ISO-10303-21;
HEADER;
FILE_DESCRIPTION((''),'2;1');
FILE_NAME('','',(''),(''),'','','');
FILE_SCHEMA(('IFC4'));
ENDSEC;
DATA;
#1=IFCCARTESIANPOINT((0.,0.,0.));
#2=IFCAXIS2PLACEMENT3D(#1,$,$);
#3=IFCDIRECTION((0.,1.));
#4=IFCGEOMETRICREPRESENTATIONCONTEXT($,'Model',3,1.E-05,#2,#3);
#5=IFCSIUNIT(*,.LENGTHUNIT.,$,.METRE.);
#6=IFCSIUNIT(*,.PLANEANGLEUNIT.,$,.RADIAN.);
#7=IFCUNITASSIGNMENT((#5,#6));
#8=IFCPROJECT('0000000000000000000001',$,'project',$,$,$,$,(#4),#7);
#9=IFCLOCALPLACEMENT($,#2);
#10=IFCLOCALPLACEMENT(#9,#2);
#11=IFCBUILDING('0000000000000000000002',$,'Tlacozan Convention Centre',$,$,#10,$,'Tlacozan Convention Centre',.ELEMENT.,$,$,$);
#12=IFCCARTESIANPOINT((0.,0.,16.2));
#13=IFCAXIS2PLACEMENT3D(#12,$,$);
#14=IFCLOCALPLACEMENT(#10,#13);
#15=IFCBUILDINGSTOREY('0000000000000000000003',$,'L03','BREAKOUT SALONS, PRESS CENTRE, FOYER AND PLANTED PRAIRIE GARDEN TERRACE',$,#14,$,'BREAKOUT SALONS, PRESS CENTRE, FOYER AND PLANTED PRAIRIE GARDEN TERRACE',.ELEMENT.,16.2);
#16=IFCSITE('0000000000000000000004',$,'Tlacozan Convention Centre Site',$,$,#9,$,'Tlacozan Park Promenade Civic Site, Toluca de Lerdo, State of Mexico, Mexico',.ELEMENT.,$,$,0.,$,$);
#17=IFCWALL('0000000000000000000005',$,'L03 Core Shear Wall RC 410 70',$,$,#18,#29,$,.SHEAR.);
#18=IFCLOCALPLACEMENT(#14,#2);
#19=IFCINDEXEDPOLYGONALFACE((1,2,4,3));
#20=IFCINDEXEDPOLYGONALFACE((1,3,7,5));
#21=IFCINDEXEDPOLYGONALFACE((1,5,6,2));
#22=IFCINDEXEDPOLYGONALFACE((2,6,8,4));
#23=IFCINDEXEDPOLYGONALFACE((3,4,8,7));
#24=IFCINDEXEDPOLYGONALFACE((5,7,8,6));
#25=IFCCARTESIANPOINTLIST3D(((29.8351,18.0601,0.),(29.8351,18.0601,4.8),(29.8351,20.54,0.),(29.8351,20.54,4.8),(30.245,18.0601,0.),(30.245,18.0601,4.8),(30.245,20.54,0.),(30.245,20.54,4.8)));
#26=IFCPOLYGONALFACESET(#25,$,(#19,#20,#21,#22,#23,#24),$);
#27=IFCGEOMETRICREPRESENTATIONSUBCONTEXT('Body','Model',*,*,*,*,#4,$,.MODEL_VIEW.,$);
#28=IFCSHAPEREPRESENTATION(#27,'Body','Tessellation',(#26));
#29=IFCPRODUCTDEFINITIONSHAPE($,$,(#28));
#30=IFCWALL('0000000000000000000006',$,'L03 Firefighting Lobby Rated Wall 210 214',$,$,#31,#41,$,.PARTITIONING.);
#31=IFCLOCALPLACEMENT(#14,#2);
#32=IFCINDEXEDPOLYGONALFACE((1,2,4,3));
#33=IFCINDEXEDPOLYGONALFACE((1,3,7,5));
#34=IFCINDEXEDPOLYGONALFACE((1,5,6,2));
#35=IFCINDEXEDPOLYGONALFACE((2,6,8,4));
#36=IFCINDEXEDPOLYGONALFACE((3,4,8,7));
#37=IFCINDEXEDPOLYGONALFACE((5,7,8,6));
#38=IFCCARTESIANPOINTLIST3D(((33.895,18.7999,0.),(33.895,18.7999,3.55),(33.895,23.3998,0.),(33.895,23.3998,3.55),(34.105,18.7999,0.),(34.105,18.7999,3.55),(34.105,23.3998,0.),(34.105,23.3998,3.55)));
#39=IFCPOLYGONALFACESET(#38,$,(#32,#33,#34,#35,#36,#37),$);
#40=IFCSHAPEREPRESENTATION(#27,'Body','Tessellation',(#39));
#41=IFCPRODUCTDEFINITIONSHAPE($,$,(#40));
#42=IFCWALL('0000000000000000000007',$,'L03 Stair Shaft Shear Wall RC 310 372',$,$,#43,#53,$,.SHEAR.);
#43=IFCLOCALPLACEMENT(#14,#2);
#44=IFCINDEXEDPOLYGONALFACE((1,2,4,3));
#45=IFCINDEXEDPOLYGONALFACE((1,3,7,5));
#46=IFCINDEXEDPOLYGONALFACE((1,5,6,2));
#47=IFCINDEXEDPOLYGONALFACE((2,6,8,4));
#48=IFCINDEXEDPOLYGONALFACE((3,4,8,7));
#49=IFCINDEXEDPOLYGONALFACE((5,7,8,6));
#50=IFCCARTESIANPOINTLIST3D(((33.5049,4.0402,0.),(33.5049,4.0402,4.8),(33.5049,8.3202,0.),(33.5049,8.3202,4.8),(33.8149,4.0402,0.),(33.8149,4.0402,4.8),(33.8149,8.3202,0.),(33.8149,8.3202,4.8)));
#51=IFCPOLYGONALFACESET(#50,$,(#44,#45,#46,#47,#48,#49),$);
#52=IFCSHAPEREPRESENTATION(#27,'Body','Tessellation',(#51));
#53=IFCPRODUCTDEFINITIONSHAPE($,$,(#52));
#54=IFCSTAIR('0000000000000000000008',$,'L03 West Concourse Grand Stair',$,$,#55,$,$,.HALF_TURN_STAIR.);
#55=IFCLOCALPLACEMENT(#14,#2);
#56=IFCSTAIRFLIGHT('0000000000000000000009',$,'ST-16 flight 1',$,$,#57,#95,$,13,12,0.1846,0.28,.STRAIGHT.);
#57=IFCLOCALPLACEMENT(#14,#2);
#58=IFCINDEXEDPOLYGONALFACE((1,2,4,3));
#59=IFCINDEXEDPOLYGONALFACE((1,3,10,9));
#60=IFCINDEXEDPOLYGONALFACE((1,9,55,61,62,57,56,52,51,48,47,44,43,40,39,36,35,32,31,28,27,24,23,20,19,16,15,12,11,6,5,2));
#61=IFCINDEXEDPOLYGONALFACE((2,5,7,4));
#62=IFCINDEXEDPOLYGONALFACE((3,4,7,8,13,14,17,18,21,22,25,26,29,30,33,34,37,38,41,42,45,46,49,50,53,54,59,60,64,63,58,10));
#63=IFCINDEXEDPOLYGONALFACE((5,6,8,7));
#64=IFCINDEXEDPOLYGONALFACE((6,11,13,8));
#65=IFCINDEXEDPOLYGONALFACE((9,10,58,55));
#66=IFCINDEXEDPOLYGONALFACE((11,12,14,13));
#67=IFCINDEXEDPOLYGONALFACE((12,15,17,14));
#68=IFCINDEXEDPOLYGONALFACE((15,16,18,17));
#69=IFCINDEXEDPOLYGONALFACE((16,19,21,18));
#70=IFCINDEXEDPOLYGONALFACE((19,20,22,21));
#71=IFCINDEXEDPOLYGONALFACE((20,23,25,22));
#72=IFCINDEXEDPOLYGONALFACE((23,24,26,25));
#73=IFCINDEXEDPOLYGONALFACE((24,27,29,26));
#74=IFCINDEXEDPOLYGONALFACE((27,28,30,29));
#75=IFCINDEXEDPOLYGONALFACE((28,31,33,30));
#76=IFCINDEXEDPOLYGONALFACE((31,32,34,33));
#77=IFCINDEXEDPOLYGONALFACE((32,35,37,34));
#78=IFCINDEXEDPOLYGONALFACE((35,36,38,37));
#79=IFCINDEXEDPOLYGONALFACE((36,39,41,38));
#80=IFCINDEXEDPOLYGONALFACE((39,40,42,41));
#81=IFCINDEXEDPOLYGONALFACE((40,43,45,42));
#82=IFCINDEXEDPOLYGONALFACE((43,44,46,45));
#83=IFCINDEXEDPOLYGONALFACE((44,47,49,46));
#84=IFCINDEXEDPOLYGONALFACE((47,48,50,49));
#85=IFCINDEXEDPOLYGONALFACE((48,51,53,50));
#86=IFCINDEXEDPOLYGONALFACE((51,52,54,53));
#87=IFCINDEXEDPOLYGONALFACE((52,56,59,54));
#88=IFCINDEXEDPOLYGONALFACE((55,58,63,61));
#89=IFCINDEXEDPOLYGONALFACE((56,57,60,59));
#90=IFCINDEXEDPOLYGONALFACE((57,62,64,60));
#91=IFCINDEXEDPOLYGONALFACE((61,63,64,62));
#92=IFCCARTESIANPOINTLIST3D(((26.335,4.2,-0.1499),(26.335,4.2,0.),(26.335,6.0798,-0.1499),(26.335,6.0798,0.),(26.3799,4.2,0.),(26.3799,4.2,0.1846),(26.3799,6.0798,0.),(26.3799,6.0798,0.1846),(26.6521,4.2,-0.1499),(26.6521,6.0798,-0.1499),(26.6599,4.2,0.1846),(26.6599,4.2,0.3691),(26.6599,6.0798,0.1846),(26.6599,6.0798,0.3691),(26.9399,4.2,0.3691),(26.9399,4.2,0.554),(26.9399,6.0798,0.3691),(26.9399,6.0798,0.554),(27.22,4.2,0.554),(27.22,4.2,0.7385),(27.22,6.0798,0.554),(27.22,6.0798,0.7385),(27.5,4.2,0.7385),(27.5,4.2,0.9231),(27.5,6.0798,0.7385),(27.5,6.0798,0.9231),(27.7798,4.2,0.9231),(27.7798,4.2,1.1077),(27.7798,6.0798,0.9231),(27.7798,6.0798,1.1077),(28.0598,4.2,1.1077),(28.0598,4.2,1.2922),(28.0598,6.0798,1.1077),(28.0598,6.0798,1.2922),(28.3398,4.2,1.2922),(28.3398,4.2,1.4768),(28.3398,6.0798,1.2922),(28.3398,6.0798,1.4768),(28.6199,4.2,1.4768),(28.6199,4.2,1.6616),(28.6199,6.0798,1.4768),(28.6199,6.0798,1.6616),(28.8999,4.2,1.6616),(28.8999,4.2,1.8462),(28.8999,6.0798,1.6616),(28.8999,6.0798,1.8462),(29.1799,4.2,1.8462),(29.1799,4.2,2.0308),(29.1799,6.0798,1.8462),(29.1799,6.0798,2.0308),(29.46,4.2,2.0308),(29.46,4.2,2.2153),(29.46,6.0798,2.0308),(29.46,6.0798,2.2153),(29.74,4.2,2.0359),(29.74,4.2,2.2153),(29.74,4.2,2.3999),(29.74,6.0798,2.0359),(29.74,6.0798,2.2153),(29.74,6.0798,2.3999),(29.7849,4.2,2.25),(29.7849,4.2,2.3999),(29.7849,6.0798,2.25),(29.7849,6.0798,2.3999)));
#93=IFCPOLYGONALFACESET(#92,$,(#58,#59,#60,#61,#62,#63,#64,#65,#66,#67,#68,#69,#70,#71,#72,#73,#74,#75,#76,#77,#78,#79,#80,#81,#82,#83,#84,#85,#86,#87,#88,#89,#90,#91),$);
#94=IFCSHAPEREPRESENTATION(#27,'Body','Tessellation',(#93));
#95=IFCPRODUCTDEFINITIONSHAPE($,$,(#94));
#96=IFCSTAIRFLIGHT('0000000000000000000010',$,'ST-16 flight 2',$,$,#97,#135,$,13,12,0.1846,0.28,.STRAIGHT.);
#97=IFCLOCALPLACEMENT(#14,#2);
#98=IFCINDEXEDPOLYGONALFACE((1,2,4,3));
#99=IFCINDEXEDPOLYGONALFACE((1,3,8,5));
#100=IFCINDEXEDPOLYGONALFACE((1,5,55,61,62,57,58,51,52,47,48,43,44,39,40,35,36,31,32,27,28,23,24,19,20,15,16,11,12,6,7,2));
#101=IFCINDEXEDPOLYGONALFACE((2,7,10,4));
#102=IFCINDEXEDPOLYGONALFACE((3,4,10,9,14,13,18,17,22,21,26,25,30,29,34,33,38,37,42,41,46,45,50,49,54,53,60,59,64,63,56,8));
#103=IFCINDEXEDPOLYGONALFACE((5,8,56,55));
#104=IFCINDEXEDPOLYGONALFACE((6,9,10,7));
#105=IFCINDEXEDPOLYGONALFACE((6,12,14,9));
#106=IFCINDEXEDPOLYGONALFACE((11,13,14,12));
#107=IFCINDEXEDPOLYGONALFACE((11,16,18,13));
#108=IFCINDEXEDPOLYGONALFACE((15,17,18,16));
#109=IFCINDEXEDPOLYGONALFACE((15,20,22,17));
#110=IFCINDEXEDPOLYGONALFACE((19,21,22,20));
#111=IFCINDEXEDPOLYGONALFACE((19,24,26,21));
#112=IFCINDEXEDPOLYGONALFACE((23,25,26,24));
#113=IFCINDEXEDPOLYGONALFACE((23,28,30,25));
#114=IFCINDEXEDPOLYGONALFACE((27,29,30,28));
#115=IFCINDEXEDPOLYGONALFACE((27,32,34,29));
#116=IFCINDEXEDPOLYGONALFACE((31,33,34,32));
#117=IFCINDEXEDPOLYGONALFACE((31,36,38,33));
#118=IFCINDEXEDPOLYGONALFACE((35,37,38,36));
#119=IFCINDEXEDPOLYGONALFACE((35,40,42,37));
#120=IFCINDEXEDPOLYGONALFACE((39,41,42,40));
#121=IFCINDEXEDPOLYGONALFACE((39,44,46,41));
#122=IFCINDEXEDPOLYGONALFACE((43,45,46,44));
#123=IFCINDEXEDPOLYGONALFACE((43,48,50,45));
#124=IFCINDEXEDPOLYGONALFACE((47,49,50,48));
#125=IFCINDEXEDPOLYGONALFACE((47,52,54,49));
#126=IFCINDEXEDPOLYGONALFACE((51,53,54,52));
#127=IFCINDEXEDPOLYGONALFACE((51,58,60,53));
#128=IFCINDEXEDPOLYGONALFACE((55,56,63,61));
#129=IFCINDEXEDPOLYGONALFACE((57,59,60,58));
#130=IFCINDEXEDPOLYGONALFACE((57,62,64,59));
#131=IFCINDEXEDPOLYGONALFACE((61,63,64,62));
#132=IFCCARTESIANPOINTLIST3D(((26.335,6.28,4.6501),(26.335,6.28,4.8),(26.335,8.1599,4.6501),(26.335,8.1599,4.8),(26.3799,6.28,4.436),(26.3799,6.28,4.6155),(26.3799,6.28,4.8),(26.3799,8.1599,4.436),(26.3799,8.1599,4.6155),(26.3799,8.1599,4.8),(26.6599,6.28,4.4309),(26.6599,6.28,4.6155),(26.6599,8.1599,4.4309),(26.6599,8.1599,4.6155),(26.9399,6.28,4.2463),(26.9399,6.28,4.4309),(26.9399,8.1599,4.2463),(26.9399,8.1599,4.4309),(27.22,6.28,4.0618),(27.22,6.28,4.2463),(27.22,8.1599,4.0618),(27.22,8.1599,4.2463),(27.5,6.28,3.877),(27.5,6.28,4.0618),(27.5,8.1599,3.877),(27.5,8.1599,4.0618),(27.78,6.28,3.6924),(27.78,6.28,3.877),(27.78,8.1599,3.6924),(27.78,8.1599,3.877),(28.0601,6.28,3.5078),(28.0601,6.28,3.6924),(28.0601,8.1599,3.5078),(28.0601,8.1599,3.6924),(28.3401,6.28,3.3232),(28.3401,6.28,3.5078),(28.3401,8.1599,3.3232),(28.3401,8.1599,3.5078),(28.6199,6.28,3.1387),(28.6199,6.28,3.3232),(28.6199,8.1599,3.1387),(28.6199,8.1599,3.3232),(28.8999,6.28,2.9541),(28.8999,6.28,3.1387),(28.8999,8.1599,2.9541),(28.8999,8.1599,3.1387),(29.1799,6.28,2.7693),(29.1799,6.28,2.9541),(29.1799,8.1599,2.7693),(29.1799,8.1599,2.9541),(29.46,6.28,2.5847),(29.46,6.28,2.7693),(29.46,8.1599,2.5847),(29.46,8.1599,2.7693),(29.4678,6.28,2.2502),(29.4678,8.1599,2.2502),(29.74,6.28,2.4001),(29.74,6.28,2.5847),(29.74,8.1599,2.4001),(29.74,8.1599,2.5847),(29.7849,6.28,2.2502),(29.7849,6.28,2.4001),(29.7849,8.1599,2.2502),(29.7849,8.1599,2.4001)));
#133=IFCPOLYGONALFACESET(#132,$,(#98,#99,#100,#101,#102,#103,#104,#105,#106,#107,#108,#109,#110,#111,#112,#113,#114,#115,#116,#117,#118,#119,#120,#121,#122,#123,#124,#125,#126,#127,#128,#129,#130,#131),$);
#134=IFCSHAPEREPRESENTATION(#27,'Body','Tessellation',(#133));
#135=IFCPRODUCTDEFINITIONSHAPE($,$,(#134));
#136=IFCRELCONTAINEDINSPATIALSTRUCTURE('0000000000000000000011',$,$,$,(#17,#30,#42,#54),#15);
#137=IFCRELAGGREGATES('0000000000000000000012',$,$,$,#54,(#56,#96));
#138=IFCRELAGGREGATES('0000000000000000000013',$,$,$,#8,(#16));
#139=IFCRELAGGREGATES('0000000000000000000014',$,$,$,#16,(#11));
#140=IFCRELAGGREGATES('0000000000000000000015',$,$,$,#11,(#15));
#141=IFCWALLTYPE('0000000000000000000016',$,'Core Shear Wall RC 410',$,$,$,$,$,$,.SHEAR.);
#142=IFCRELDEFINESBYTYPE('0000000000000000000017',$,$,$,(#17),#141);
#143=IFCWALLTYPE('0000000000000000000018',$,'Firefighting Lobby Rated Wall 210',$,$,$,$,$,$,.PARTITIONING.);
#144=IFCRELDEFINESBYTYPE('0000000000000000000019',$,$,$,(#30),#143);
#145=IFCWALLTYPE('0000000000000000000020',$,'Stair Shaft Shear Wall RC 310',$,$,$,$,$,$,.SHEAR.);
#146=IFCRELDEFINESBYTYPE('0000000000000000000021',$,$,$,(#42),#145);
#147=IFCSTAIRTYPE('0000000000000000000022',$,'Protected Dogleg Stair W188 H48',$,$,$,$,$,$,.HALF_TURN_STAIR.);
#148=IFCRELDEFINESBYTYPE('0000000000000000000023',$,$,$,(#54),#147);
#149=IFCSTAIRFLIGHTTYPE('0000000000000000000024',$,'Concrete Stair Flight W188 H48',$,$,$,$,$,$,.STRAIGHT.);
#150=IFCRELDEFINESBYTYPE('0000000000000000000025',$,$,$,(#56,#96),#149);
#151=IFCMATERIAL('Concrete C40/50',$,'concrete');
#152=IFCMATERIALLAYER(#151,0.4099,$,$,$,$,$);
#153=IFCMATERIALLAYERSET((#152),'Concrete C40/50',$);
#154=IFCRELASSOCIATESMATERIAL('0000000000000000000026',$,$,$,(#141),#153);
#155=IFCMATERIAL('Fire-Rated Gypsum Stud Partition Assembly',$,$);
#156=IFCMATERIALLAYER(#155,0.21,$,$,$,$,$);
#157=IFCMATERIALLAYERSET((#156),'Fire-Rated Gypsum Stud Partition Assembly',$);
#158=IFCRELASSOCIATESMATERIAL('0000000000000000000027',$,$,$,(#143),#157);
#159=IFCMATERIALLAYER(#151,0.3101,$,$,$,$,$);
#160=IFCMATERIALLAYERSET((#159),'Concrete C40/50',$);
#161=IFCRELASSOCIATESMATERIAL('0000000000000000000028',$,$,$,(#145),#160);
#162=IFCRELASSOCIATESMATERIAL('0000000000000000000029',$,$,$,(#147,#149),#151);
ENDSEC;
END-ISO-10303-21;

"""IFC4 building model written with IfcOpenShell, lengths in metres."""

from ifc_helpers import new_model, si_unit, direction, frame, frame_2d, origin, place, context, subcontext, project, spatial, polyline, rectangle, outline, extrude, material, layer, layer_set, type_object, element, aggregate, save


model = new_model("IFC4")

# Units and contexts
model_context = context("Model", 3, precision=1e-05, world=origin(), true_north=direction((0.0, 1.0)))
body_context = subcontext(model_context, "Body", "Model", "MODEL_VIEW")
ifc_project = project(units=[si_unit("LENGTHUNIT", "METRE"), si_unit("PLANEANGLEUNIT", "RADIAN")], contexts=[model_context])

# Site, building, storey
site_placement = place(None, origin())
site = spatial("IfcSite", under=ifc_project, at=site_placement, Name="Tlacozan Convention Centre Site", LongName="Tlacozan Park Promenade Civic Site, Toluca de Lerdo, State of Mexico, Mexico", CompositionType="ELEMENT", RefElevation=0.0)
building_placement = place(site_placement, origin())
building = spatial("IfcBuilding", under=site, at=building_placement, Name="Tlacozan Convention Centre", LongName="Tlacozan Convention Centre", CompositionType="ELEMENT")
storey_placement = place(building_placement, frame((0.0, 0.0, 16.2)))
storey = spatial("IfcBuildingStorey", under=building, at=storey_placement, Name="L03", Description="BREAKOUT SALONS, PRESS CENTRE, FOYER AND PLANTED PRAIRIE GARDEN TERRACE", LongName="BREAKOUT SALONS, PRESS CENTRE, FOYER AND PLANTED PRAIRIE GARDEN TERRACE", CompositionType="ELEMENT", Elevation=16.2)

# Shared definitions
ifc_material_1 = material(Name="Concrete C40/50", Category="concrete")

# Wall
ifc_layer_1 = layer(ifc_material_1, 0.4099)
ifc_layer_set_1 = layer_set([ifc_layer_1], Name="Concrete C40/50")
wall_type_1 = type_object("IfcWallType", Name="Core Shear Wall RC 410", PredefinedType="SHEAR", material=ifc_layer_set_1)
wall_1_placement = place(storey_placement, frame((30.04, 18.0601, 0.0), z_axis=(0.0, 0.0, 1.0), x_axis=(0.0, 1.0, 0.0)))
element("IfcWall", 1, at=wall_1_placement, inside=storey, type_object=wall_type_1, Name="L03 Core Shear Wall RC 410 70", PredefinedType="SHEAR", context=body_context, shape_type="SweptSolid", body=[
    extrude(rectangle(XDim=2.48, YDim=0.4099, at=frame_2d((1.24, 0.0))), origin(), (0.0, 0.0, 1.0), 4.8),
])

# Shared definitions
ifc_material_2 = material(Name="Fire-Rated Gypsum Stud Partition Assembly")
ifc_layer_2 = layer(ifc_material_2, 0.21)
ifc_layer_set_2 = layer_set([ifc_layer_2], Name="Fire-Rated Gypsum Stud Partition Assembly")
wall_type_2 = type_object("IfcWallType", Name="Firefighting Lobby Rated Wall 210", PredefinedType="PARTITIONING", material=ifc_layer_set_2)

# Walls
wall_2_placement = place(storey_placement, frame((34.0, 18.8, 0.0), z_axis=(0.0, 0.0, 1.0), x_axis=(0.0, 1.0, 0.0)))
element("IfcWall", 2, at=wall_2_placement, inside=storey, type_object=wall_type_2, Name="L03 Firefighting Lobby Rated Wall 210 214", PredefinedType="PARTITIONING", context=body_context, shape_type="SweptSolid", body=[
    extrude(rectangle(XDim=4.5999, YDim=0.21, at=frame_2d((2.2998, 0.0))), origin(), (0.0, 0.0, 1.0), 3.55),
])
ifc_layer_3 = layer(ifc_material_1, 0.3101)
ifc_layer_set_3 = layer_set([ifc_layer_3], Name="Concrete C40/50")
wall_type_3 = type_object("IfcWallType", Name="Stair Shaft Shear Wall RC 310", PredefinedType="SHEAR", material=ifc_layer_set_3)
wall_3_placement = place(storey_placement, frame((33.6599, 4.04, 0.0), z_axis=(0.0, 0.0, 1.0), x_axis=(0.0, 1.0, 0.0)))
element("IfcWall", 3, at=wall_3_placement, inside=storey, type_object=wall_type_3, Name="L03 Stair Shaft Shear Wall RC 310 372", PredefinedType="SHEAR", context=body_context, shape_type="SweptSolid", body=[
    extrude(rectangle(XDim=4.28, YDim=0.3101, at=frame_2d((2.1401, 0.0))), origin(), (0.0, 0.0, 1.0), 4.8),
])

# Stair, stair flights
stair_type = type_object("IfcStairType", Name="Protected Dogleg Stair W188 H48", PredefinedType="HALF_TURN_STAIR", material=ifc_material_1)
stair_placement = place(storey_placement, origin())
stair = element("IfcStair", 4, at=stair_placement, inside=storey, type_object=stair_type, Name="L03 West Concourse Grand Stair", PredefinedType="HALF_TURN_STAIR")
stair_flight_type = type_object("IfcStairFlightType", Name="Concrete Stair Flight W188 H48", PredefinedType="STRAIGHT", material=ifc_material_1)
stair_flight_1_placement = place(storey_placement, frame((26.3799, 5.1399, 0.0), z_axis=(0.0, 0.0, 1.0), x_axis=(1.0, 0.0, 0.0)))
stair_flight_1 = element("IfcStairFlight", 5, at=stair_flight_1_placement, type_object=stair_flight_type, Name="ST-16 flight 1", NumberOfRisers=13, NumberOfTreads=12, PredefinedType="STRAIGHT", RiserHeight=0.1846, TreadLength=0.28, context=body_context, shape_type="SweptSolid", body=[
    extrude(outline(polyline([(-0.0449, -0.1499), (-0.0449, 0.0), (0.0, 0.0), (0.0, 0.1846), (0.28, 0.1846), (0.28, 0.3691), (0.5601, 0.3691), (0.5601, 0.554), (0.8401, 0.554), (0.8401, 0.7385), (1.1201, 0.7385), (1.1201, 0.9231), (1.3999, 0.9231), (1.3999, 1.1077), (1.6799, 1.1077), (1.6799, 1.2922), (1.96, 1.2922), (1.96, 1.4768), (2.24, 1.4768), (2.24, 1.6616), (2.52, 1.6616), (2.52, 1.8462), (2.8, 1.8462), (2.8, 2.0308), (3.0801, 2.0308), (3.0801, 2.2153), (3.3601, 2.2153), (3.3601, 2.3999), (3.405, 2.3999), (3.405, 2.25), (3.3601, 2.0359), (0.2722, -0.1499), (-0.0449, -0.1499)])), frame((0.0, 0.9399, 0.0), z_axis=(0.0, -1.0, 0.0), x_axis=(1.0, 0.0, 0.0)), (0.0, 0.0, 1.0), 1.8799),
])
stair_flight_2_placement = place(storey_placement, frame((29.74, 7.22, 2.4001), z_axis=(0.0, 0.0, 1.0), x_axis=(-1.0, 0.0, 0.0)))
stair_flight_2 = element("IfcStairFlight", 6, at=stair_flight_2_placement, type_object=stair_flight_type, Name="ST-16 flight 2", NumberOfRisers=13, NumberOfTreads=12, PredefinedType="STRAIGHT", RiserHeight=0.1846, TreadLength=0.28, context=body_context, shape_type="SweptSolid", body=[
    extrude(outline(polyline([(-0.0449, -0.1499), (-0.0449, 0.0), (0.0, 0.0), (0.0, 0.1846), (0.28, 0.1846), (0.28, 0.3691), (0.5601, 0.3691), (0.5601, 0.554), (0.8401, 0.554), (0.8401, 0.7385), (1.1201, 0.7385), (1.1201, 0.9231), (1.3999, 0.9231), (1.3999, 1.1077), (1.6799, 1.1077), (1.6799, 1.2922), (1.96, 1.2922), (1.96, 1.4768), (2.24, 1.4768), (2.24, 1.6616), (2.52, 1.6616), (2.52, 1.8462), (2.8, 1.8462), (2.8, 2.0308), (3.0801, 2.0308), (3.0801, 2.2153), (3.3601, 2.2153), (3.3601, 2.3999), (3.405, 2.3999), (3.405, 2.25), (3.3601, 2.0359), (0.2722, -0.1499), (-0.0449, -0.1499)])), frame((0.0, 0.9399, 0.0), z_axis=(0.0, -1.0, 0.0), x_axis=(1.0, 0.0, 0.0)), (0.0, 0.0, 1.0), 1.8799),
])
aggregate(stair, [stair_flight_1, stair_flight_2])

save(model, "model.ifc")
